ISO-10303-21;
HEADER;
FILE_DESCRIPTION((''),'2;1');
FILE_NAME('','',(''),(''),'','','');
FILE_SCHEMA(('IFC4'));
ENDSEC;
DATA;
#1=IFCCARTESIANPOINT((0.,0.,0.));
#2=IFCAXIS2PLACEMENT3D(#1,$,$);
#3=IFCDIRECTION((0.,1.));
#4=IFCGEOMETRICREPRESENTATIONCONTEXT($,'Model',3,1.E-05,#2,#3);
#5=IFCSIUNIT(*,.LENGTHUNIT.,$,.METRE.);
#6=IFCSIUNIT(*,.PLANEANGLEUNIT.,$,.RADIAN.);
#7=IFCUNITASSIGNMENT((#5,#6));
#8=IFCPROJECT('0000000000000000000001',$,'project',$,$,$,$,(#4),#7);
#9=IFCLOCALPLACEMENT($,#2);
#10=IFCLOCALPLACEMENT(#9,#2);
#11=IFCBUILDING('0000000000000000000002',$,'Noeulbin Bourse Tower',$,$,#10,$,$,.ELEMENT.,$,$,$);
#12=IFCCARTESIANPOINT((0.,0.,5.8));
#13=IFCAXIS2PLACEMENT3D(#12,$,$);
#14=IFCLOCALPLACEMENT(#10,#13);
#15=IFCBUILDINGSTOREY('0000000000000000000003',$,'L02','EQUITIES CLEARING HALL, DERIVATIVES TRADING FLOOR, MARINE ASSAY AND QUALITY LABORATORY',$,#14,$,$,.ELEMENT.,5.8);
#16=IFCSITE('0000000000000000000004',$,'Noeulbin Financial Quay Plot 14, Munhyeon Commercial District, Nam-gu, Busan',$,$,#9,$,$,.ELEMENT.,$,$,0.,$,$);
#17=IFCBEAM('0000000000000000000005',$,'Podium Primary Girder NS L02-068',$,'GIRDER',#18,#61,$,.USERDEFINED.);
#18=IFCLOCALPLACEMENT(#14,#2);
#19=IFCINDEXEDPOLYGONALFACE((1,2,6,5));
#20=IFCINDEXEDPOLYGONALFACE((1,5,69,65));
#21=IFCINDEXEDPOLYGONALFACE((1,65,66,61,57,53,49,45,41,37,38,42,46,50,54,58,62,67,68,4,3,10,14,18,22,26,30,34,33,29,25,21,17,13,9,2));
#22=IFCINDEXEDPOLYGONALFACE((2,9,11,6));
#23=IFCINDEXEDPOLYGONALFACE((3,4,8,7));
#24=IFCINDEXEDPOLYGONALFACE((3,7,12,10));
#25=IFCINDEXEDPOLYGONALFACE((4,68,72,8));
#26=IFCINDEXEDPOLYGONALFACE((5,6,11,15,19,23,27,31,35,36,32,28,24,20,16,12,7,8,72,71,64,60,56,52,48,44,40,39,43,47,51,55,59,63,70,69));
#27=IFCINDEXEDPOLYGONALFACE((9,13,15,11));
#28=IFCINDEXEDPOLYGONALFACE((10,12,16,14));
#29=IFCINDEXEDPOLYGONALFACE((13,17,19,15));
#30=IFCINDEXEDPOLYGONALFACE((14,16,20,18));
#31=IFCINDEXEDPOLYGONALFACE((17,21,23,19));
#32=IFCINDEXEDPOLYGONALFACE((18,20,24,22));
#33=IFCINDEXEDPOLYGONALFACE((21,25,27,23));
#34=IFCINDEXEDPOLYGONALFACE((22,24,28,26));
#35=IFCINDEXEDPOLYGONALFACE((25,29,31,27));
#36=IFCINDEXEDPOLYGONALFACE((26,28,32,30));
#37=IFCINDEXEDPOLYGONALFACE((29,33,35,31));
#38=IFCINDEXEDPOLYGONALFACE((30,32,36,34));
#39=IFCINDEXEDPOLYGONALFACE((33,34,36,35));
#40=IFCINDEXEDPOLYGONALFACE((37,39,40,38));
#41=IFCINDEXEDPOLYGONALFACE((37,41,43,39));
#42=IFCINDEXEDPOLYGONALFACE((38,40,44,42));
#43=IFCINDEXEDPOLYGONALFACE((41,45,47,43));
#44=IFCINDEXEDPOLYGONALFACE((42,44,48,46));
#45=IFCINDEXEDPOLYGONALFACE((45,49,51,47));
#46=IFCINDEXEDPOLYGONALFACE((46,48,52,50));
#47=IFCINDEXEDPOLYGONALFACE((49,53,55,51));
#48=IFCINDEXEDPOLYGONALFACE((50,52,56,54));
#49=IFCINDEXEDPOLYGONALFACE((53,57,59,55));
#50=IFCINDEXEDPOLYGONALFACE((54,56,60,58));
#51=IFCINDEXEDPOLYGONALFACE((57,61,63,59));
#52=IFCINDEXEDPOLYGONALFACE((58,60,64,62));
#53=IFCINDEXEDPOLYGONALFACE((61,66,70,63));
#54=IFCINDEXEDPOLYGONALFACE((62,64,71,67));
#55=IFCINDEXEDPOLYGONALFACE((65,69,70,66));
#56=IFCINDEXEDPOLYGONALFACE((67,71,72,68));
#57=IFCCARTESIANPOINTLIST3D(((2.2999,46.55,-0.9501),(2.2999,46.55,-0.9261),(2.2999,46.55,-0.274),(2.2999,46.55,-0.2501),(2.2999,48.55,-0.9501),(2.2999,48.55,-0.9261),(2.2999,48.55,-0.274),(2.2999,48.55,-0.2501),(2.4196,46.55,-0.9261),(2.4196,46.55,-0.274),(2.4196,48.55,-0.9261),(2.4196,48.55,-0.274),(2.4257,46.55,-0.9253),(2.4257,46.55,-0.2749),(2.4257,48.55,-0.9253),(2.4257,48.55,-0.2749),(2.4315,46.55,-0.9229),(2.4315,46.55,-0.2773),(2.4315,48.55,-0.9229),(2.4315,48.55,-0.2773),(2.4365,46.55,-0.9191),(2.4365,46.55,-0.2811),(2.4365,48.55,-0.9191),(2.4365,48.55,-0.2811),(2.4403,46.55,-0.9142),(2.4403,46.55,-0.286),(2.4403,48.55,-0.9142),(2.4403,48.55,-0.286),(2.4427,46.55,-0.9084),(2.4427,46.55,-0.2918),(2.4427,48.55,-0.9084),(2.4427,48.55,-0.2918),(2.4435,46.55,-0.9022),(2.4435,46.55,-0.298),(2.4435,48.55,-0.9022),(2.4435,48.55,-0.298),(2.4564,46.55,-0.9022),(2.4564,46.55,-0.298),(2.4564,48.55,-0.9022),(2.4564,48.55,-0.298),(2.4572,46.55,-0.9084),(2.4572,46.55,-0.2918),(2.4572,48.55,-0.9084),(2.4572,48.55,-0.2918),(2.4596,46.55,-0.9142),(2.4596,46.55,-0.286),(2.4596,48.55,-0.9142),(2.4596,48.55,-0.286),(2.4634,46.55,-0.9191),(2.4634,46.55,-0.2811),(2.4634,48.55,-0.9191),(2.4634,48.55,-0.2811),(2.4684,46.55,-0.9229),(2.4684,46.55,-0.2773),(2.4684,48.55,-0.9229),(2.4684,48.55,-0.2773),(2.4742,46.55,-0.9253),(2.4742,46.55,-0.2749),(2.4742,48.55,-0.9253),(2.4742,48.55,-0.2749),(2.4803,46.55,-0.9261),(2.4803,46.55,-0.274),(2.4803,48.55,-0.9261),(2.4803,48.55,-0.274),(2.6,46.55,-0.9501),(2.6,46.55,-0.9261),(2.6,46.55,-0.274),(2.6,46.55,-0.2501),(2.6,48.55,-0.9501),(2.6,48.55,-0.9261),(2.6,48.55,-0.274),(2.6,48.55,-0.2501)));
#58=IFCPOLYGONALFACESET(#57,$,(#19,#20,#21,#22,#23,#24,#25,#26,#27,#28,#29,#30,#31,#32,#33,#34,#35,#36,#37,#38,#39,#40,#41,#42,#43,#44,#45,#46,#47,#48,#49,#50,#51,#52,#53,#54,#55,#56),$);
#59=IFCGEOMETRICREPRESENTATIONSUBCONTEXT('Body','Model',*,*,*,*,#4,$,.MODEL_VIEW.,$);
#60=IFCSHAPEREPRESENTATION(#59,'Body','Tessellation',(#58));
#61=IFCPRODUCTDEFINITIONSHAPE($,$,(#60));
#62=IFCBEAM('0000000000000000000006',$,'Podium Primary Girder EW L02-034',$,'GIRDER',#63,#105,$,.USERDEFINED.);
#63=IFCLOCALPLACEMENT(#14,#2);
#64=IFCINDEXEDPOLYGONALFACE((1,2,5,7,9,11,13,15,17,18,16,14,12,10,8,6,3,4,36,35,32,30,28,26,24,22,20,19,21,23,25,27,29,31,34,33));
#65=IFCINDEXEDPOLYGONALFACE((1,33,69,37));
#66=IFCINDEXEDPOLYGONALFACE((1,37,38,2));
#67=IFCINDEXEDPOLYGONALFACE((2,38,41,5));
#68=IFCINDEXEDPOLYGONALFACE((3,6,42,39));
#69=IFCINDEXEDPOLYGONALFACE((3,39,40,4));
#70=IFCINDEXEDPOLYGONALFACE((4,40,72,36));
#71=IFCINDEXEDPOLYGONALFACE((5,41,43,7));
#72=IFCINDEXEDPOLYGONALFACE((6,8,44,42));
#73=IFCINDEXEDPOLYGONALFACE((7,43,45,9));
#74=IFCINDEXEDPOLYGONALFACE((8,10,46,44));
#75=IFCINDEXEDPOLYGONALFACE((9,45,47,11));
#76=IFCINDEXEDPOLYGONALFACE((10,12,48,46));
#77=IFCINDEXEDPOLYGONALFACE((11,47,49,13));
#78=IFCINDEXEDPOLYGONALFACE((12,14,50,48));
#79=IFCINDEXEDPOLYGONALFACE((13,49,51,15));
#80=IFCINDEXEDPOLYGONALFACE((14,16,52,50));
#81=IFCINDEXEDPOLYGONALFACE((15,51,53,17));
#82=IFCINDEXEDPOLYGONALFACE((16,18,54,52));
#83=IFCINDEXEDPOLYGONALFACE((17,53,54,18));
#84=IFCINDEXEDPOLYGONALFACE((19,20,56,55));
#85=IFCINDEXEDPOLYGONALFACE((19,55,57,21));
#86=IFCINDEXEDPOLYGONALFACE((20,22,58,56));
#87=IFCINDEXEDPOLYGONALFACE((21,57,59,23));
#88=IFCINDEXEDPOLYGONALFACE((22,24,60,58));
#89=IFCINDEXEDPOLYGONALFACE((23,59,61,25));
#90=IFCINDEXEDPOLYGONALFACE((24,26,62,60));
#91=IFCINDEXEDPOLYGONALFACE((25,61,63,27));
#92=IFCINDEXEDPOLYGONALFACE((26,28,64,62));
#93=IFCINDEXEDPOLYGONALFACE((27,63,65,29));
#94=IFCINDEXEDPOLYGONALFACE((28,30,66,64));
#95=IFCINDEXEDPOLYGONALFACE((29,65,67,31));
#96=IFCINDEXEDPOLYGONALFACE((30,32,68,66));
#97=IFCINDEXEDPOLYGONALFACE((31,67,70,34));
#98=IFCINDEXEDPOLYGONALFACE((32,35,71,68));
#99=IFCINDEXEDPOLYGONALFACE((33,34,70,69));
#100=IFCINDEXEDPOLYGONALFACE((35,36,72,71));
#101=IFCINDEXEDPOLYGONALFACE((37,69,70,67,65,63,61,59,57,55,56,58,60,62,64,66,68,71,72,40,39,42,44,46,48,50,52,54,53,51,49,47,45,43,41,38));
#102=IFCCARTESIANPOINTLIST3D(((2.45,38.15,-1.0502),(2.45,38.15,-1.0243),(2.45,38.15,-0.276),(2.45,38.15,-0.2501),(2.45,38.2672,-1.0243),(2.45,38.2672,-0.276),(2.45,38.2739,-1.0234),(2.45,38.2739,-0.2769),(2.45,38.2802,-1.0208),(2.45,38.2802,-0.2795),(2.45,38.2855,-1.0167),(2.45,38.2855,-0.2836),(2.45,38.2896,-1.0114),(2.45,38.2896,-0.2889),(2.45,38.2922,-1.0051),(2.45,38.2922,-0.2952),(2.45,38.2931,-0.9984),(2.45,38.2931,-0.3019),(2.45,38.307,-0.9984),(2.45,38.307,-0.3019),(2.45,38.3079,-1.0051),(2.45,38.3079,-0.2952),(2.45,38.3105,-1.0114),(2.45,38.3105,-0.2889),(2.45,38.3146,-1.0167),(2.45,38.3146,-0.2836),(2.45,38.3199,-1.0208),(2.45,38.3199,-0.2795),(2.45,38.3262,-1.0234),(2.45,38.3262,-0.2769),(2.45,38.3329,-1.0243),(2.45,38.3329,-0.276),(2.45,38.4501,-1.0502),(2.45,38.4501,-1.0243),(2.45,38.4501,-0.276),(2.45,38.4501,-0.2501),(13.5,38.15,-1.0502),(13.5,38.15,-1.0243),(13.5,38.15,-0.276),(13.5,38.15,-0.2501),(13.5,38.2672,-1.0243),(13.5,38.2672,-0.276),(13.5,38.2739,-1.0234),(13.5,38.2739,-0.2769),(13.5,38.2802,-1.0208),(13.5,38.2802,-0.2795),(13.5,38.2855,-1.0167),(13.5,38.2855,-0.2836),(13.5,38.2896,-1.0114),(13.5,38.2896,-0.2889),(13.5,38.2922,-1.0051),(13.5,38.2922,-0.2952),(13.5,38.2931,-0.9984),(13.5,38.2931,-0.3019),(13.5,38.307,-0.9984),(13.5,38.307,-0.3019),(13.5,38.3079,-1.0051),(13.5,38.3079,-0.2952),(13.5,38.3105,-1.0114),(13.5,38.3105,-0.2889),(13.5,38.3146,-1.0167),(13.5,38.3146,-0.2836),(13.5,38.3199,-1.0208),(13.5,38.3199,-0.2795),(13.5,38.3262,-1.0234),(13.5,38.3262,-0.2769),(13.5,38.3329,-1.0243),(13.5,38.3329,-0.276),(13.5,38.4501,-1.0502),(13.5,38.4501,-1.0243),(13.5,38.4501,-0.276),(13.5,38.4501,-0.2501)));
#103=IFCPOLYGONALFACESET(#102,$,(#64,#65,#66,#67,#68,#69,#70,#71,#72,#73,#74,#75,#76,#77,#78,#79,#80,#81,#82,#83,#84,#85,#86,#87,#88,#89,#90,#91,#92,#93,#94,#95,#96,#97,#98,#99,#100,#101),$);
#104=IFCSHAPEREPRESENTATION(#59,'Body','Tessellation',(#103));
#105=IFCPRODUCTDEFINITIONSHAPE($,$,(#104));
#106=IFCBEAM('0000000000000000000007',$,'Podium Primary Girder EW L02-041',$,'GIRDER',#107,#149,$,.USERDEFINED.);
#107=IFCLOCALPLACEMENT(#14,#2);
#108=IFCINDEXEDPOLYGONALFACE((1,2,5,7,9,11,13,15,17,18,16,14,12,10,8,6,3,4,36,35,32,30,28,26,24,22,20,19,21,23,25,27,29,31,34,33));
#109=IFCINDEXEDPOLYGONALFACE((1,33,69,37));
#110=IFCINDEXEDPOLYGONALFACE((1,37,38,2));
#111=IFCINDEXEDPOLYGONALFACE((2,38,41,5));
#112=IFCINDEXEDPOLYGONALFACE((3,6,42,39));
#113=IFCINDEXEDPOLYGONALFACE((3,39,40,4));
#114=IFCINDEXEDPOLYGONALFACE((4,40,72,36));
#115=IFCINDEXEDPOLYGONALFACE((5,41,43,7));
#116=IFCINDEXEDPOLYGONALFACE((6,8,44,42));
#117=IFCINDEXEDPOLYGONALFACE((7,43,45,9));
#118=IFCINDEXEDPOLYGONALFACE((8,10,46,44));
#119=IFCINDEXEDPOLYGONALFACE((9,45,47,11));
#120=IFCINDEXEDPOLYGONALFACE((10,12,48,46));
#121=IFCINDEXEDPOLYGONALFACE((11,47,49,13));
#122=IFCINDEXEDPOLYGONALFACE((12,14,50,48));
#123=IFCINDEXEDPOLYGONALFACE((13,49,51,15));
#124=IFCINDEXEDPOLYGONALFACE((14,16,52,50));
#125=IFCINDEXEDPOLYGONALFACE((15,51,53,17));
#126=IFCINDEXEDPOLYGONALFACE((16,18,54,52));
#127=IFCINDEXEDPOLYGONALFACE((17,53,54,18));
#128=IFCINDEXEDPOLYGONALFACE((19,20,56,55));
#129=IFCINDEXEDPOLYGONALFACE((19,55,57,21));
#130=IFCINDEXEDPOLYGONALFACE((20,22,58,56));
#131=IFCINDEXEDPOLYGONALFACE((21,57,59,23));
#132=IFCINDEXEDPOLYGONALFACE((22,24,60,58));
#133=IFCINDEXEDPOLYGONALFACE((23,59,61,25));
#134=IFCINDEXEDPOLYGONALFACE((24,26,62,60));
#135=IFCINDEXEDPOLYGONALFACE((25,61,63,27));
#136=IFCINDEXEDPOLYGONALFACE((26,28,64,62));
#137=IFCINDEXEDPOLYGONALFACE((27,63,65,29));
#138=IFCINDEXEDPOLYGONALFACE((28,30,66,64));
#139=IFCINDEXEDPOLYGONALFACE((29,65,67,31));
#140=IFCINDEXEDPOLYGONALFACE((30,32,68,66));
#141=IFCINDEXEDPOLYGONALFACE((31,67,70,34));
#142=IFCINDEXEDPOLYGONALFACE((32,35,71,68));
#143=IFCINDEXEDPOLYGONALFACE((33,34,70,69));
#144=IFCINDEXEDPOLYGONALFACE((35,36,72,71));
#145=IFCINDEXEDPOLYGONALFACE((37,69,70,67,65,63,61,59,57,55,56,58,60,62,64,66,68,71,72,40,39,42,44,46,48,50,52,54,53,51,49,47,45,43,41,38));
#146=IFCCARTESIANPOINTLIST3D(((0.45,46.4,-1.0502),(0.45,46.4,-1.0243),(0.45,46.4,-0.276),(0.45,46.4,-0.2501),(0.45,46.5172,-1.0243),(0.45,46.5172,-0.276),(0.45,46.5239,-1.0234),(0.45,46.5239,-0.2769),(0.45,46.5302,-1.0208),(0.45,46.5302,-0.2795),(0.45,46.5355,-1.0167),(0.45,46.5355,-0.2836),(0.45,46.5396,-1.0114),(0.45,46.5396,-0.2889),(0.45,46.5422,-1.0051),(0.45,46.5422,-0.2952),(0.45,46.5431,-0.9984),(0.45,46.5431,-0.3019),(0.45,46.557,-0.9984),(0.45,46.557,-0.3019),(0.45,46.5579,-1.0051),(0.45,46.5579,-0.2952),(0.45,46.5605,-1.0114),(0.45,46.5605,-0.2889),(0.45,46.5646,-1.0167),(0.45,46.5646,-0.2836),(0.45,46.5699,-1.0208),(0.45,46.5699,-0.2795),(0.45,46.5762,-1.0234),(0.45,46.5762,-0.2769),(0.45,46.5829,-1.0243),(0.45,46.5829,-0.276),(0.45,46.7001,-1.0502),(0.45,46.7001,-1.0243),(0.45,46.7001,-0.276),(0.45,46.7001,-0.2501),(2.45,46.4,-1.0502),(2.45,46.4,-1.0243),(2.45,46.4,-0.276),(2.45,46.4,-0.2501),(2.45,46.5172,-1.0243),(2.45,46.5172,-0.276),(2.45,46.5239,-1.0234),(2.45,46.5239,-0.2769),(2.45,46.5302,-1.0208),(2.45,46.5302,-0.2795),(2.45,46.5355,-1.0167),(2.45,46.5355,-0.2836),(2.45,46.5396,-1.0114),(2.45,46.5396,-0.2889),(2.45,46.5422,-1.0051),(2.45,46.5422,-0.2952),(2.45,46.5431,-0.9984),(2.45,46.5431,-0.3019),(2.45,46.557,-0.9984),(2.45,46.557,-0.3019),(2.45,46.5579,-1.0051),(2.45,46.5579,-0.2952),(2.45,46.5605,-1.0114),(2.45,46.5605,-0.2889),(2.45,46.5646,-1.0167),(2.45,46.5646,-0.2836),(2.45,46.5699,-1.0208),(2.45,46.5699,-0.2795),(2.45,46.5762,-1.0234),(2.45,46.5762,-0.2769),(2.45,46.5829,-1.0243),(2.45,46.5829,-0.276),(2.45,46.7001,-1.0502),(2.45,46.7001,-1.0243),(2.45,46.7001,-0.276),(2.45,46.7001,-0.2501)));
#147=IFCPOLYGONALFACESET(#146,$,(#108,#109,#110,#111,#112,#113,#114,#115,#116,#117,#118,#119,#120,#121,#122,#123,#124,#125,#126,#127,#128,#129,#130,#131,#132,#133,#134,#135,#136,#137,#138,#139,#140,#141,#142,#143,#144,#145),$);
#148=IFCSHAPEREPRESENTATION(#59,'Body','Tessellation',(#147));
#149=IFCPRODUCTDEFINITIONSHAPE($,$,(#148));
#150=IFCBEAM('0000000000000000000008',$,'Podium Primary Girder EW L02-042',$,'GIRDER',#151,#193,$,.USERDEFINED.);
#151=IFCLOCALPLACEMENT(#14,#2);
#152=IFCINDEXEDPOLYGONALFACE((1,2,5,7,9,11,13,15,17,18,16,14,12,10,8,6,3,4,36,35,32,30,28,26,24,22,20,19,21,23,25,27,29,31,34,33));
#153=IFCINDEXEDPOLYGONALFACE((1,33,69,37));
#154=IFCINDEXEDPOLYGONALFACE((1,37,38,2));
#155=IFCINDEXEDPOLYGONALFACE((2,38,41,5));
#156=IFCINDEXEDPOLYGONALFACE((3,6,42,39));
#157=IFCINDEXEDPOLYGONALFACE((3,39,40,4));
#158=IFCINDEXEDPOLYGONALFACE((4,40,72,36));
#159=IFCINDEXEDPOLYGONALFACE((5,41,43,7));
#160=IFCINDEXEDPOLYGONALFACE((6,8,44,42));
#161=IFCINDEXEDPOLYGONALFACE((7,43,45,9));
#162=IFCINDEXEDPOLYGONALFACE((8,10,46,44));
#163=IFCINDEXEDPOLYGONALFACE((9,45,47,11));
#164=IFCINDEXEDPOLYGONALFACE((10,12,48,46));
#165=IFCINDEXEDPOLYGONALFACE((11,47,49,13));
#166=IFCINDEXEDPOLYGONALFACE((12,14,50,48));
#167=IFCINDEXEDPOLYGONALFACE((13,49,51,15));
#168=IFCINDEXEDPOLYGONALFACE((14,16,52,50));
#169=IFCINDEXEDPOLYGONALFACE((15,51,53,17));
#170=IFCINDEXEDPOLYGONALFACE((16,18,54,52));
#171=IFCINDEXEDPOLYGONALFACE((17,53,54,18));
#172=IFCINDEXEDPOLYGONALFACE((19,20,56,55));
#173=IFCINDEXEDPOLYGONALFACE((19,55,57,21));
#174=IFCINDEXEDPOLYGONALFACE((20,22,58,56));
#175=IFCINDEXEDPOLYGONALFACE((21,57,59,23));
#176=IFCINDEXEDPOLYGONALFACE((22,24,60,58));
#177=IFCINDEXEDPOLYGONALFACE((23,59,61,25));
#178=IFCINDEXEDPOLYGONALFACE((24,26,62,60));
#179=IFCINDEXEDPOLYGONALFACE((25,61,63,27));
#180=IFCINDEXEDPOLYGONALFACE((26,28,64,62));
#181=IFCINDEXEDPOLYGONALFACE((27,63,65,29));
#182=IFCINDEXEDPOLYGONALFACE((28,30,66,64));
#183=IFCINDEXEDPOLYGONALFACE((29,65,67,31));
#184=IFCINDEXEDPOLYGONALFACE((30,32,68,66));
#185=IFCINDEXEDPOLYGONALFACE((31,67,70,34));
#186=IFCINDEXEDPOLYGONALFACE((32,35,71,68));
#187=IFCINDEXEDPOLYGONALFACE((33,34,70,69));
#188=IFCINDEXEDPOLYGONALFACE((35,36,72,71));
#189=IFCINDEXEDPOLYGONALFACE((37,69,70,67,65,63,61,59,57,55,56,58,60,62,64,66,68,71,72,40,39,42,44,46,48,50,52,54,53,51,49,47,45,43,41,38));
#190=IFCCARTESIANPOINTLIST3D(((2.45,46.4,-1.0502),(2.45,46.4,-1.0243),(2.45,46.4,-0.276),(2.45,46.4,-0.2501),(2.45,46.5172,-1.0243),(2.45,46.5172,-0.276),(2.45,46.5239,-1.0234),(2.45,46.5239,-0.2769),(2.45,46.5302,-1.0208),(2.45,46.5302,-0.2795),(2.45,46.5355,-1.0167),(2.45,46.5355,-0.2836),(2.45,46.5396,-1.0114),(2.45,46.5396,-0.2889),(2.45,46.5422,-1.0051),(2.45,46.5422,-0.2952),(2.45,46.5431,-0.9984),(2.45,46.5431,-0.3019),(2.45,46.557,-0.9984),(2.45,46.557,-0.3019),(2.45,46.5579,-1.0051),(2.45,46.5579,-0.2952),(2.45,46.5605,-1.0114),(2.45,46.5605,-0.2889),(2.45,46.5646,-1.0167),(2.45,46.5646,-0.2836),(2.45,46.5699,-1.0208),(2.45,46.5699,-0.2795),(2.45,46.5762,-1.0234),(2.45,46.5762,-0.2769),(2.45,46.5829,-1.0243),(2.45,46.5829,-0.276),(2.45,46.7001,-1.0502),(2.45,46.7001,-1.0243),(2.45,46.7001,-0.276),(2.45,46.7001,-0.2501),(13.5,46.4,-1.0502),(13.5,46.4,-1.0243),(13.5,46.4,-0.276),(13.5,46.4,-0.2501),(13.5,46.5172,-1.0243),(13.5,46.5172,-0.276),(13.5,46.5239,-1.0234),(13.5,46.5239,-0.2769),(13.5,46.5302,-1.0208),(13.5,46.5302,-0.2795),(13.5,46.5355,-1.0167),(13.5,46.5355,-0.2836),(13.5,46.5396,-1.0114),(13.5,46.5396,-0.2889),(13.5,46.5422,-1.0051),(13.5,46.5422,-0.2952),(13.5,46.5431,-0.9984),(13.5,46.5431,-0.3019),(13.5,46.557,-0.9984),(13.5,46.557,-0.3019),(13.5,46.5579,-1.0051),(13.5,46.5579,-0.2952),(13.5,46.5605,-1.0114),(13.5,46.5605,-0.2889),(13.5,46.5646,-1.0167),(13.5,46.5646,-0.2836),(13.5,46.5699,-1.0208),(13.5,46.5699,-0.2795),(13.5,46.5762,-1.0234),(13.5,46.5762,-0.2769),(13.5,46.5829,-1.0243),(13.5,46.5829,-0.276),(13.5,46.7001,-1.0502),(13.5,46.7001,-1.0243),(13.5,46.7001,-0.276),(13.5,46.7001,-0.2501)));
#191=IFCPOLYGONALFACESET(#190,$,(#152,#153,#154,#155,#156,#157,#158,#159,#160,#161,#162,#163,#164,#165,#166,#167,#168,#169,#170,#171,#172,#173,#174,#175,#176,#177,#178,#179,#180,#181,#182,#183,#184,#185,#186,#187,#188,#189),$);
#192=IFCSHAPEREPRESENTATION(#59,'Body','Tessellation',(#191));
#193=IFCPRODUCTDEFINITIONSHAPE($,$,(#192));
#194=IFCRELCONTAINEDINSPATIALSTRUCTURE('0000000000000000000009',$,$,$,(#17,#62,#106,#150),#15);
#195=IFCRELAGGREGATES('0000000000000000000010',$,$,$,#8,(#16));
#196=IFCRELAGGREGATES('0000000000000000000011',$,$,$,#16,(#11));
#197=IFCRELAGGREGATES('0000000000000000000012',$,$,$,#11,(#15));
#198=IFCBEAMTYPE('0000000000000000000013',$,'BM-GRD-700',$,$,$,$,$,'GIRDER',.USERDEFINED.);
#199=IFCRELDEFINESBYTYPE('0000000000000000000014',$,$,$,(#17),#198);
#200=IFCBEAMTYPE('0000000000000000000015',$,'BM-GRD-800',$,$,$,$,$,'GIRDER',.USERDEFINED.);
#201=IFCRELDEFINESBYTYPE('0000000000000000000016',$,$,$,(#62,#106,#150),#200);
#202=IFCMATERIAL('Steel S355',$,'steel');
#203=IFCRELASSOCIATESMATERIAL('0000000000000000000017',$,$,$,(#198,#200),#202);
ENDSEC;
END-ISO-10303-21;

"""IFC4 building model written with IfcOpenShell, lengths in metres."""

from ifc_helpers import new_model, si_unit, direction, frame, origin, origin_2d, place, context, subcontext, project, spatial, i_section, extrude, material, material_profile, profile_set, type_object, element, save


model = new_model("IFC4")

# Units and contexts
model_context = context("Model", 3, precision=1e-05, world=origin(), true_north=direction((0.0, 1.0)))
body_context = subcontext(model_context, "Body", "Model", "MODEL_VIEW")
ifc_project = project(units=[si_unit("LENGTHUNIT", "METRE"), si_unit("PLANEANGLEUNIT", "RADIAN")], contexts=[model_context])

# Site, building, storey
site_placement = place(None, origin())
site = spatial("IfcSite", under=ifc_project, at=site_placement, Name="Noeulbin Financial Quay Plot 14, Munhyeon Commercial District, Nam-gu, Busan", CompositionType="ELEMENT", RefElevation=0.0)
building_placement = place(site_placement, origin())
building = spatial("IfcBuilding", under=site, at=building_placement, Name="Noeulbin Bourse Tower", CompositionType="ELEMENT")
storey_placement = place(building_placement, frame((0.0, 0.0, 5.8)))
storey = spatial("IfcBuildingStorey", under=building, at=storey_placement, Name="L02", Description="EQUITIES CLEARING HALL, DERIVATIVES TRADING FLOOR, MARINE ASSAY AND QUALITY LABORATORY", CompositionType="ELEMENT", Elevation=5.8)

# Beams
ifc_material_1 = material(Name="Steel S355", Category="steel")
ifc_material_profile_1 = material_profile(ifc_material_1, i_section(OverallWidth=0.3, OverallDepth=0.7, WebThickness=0.0129, FlangeThickness=0.0239, FilletRadius=0.0239, at=origin_2d()), Name="H-700x300x13x24", Category="LoadBearing")
ifc_profile_set_1 = profile_set([ifc_material_profile_1], Name="Steel S355")
beam_type_1 = type_object("IfcBeamType", Name="BM-GRD-700", ElementType="GIRDER", PredefinedType="USERDEFINED", material=ifc_profile_set_1)
beam_1_placement = place(storey_placement, frame((2.45, 46.55, -0.6001), z_axis=(0.0, 1.0, 0.0), x_axis=(-1.0, 0.0, 0.0)))
element("IfcBeam", 1, at=beam_1_placement, inside=storey, type_object=beam_type_1, Name="Podium Primary Girder NS L02-068", ObjectType="GIRDER", PredefinedType="USERDEFINED", context=body_context, shape_type="SweptSolid", body=[
    extrude(i_section(OverallWidth=0.3, OverallDepth=0.7, WebThickness=0.0129, FlangeThickness=0.0239, FilletRadius=0.0239, at=origin_2d()), origin(), (0.0, 0.0, 1.0), 2.0),
])
ifc_material_profile_2 = material_profile(ifc_material_1, i_section(OverallWidth=0.3, OverallDepth=0.8, WebThickness=0.0139, FlangeThickness=0.0259, FilletRadius=0.0259, at=origin_2d()), Name="H-800x300x14x26", Category="LoadBearing")
ifc_profile_set_2 = profile_set([ifc_material_profile_2], Name="Steel S355")
beam_type_2 = type_object("IfcBeamType", Name="BM-GRD-800", ElementType="GIRDER", PredefinedType="USERDEFINED", material=ifc_profile_set_2)
beam_2_placement = place(storey_placement, frame((2.45, 38.3, -0.6501), z_axis=(1.0, 0.0, 0.0), x_axis=(0.0, 1.0, 0.0)))
element("IfcBeam", 2, at=beam_2_placement, inside=storey, type_object=beam_type_2, Name="Podium Primary Girder EW L02-034", ObjectType="GIRDER", PredefinedType="USERDEFINED", context=body_context, shape_type="SweptSolid", body=[
    extrude(i_section(OverallWidth=0.3, OverallDepth=0.8, WebThickness=0.0139, FlangeThickness=0.0259, FilletRadius=0.0259, at=origin_2d()), origin(), (0.0, 0.0, 1.0), 11.05),
])
beam_3_placement = place(storey_placement, frame((0.45, 46.55, -0.6501), z_axis=(1.0, 0.0, 0.0), x_axis=(0.0, 1.0, 0.0)))
element("IfcBeam", 3, at=beam_3_placement, inside=storey, type_object=beam_type_2, Name="Podium Primary Girder EW L02-041", ObjectType="GIRDER", PredefinedType="USERDEFINED", context=body_context, shape_type="SweptSolid", body=[
    extrude(i_section(OverallWidth=0.3, OverallDepth=0.8, WebThickness=0.0139, FlangeThickness=0.0259, FilletRadius=0.0259, at=origin_2d()), origin(), (0.0, 0.0, 1.0), 2.0),
])
beam_4_placement = place(storey_placement, frame((2.45, 46.55, -0.6501), z_axis=(1.0, 0.0, 0.0), x_axis=(0.0, 1.0, 0.0)))
element("IfcBeam", 4, at=beam_4_placement, inside=storey, type_object=beam_type_2, Name="Podium Primary Girder EW L02-042", ObjectType="GIRDER", PredefinedType="USERDEFINED", context=body_context, shape_type="SweptSolid", body=[
    extrude(i_section(OverallWidth=0.3, OverallDepth=0.8, WebThickness=0.0139, FlangeThickness=0.0259, FilletRadius=0.0259, at=origin_2d()), origin(), (0.0, 0.0, 1.0), 11.05),
])

save(model, "model.ifc")
